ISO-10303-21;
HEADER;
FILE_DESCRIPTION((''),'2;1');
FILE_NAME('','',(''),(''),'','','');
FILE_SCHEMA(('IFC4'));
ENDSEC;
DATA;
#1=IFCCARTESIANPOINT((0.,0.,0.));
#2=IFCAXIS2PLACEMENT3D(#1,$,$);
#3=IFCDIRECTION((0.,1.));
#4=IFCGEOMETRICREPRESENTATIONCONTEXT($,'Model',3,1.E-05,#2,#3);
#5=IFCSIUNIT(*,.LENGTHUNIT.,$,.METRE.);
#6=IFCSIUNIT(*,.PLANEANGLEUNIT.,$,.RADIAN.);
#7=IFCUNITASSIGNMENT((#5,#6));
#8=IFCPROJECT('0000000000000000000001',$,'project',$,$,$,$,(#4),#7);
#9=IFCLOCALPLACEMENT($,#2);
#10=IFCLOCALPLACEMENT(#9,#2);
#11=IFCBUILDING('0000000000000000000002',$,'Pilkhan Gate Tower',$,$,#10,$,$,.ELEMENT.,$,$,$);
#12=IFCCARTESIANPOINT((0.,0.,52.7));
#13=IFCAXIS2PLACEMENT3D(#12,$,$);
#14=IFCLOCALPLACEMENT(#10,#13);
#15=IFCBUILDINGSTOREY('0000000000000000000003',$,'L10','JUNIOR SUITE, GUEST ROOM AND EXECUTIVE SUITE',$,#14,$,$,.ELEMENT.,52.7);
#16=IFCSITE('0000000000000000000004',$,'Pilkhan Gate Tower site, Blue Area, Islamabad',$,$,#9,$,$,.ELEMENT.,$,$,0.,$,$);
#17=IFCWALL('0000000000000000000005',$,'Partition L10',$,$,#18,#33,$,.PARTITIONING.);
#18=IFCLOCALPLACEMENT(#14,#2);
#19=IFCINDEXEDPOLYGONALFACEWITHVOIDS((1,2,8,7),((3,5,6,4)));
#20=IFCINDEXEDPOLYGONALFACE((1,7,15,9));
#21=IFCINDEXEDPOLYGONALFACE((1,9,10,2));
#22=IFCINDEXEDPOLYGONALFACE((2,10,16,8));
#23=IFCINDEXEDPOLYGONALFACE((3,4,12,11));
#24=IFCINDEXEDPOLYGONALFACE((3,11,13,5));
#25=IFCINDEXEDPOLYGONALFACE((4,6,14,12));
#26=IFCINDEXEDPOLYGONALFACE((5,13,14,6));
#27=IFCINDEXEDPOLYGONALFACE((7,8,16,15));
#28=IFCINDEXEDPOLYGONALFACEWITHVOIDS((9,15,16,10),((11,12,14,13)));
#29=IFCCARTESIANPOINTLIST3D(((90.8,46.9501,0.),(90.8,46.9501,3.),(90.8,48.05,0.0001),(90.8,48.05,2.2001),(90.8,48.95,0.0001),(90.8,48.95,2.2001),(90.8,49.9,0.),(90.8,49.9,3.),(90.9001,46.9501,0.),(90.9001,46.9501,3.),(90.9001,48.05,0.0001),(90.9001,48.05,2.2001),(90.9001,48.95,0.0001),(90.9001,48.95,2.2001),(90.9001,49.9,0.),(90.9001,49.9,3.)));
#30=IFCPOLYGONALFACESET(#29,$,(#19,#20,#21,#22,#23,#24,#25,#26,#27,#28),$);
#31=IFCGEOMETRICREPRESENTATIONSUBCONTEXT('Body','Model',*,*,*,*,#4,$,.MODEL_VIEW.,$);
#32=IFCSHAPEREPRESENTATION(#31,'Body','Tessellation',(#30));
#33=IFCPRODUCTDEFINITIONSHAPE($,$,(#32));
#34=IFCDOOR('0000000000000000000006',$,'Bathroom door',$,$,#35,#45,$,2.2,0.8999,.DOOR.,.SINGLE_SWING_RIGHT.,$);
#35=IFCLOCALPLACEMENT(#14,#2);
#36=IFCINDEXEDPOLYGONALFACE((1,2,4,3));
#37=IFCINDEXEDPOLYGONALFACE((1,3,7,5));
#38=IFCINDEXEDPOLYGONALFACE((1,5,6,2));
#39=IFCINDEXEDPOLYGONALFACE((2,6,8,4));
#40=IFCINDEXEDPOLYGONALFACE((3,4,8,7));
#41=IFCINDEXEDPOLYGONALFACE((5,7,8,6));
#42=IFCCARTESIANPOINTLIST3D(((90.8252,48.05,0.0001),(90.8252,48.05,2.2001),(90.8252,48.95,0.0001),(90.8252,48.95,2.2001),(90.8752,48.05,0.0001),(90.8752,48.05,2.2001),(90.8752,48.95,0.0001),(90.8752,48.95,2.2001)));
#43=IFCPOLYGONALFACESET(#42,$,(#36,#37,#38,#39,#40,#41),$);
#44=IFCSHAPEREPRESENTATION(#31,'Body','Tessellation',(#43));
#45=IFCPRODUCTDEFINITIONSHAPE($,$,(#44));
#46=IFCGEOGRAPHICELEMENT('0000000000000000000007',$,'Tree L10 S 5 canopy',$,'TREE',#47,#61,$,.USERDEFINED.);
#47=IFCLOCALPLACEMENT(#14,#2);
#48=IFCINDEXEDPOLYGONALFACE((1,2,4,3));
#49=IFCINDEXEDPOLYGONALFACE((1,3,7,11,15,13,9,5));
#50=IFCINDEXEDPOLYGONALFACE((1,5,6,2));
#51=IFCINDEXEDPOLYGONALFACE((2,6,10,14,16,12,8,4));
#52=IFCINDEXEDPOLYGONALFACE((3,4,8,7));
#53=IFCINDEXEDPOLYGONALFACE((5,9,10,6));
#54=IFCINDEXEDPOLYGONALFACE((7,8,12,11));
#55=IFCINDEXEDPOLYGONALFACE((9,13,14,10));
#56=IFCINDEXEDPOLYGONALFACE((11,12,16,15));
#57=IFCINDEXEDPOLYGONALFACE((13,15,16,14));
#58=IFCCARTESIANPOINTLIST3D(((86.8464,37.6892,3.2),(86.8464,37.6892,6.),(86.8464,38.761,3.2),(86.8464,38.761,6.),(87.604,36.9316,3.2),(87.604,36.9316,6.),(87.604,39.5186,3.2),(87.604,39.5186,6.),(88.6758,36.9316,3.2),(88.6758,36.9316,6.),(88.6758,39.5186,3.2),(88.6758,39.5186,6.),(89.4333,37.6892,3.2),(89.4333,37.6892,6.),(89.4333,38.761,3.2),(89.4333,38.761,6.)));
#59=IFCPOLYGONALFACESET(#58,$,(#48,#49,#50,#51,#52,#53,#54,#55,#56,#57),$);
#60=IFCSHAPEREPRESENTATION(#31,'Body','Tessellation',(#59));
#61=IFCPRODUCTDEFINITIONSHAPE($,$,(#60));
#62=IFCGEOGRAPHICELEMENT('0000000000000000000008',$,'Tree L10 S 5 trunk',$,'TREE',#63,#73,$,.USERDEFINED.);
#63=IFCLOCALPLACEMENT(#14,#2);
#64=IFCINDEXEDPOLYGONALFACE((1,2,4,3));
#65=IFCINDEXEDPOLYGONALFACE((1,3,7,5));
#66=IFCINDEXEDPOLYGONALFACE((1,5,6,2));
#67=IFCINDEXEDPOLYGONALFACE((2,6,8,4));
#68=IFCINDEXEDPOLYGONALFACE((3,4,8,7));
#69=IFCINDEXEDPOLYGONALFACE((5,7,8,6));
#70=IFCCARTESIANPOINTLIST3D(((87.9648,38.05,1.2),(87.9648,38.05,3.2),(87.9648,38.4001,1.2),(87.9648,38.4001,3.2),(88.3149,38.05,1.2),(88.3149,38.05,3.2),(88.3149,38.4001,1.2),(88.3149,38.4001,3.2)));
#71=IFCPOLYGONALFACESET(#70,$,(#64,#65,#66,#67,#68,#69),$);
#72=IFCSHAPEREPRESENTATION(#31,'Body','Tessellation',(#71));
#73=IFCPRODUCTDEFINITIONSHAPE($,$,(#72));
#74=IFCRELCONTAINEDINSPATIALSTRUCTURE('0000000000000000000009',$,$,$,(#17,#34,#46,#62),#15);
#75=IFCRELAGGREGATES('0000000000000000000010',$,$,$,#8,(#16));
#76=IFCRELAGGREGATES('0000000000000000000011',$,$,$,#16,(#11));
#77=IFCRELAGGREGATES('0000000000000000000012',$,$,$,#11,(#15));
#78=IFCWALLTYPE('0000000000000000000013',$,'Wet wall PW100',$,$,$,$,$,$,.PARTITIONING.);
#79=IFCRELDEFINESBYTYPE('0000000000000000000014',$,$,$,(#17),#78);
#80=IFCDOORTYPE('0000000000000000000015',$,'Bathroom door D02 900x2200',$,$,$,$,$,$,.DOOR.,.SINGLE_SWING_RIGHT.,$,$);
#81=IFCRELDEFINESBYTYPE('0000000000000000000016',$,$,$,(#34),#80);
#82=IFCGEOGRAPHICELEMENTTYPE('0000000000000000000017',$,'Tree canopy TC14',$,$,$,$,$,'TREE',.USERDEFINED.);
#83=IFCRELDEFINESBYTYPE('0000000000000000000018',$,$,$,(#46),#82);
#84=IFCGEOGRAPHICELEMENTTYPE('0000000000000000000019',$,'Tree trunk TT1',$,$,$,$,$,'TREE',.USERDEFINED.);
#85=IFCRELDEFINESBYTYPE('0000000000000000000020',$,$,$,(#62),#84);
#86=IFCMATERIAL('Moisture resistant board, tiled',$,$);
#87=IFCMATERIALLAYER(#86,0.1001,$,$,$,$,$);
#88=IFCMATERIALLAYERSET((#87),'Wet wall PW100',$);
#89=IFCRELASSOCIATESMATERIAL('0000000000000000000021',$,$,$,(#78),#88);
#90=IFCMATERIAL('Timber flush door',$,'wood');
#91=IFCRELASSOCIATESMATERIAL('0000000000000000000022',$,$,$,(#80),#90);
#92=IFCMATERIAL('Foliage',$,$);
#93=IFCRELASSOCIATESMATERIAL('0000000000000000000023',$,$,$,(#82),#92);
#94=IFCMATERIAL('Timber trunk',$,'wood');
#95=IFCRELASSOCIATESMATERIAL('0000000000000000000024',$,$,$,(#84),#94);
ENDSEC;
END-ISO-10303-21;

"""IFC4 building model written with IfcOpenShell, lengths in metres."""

from ifc_helpers import new_model, si_unit, direction, frame, frame_2d, origin, origin_2d, place, context, subcontext, project, spatial, polyline, rectangle, outline, extrude, material, layer, layer_set, material_profile, profile_set, type_object, element, fill, save


model = new_model("IFC4")

# Units and contexts
model_context = context("Model", 3, precision=1e-05, world=origin(), true_north=direction((0.0, 1.0)))
body_context = subcontext(model_context, "Body", "Model", "MODEL_VIEW")
ifc_project = project(units=[si_unit("LENGTHUNIT", "METRE"), si_unit("PLANEANGLEUNIT", "RADIAN")], contexts=[model_context])

# Site, building, storey
site_placement = place(None, origin())
site = spatial("IfcSite", under=ifc_project, at=site_placement, Name="Pilkhan Gate Tower site, Blue Area, Islamabad", CompositionType="ELEMENT", RefElevation=0.0)
building_placement = place(site_placement, origin())
building = spatial("IfcBuilding", under=site, at=building_placement, Name="Pilkhan Gate Tower", CompositionType="ELEMENT")
storey_placement = place(building_placement, frame((0.0, 0.0, 52.7)))
storey = spatial("IfcBuildingStorey", under=building, at=storey_placement, Name="L10", Description="JUNIOR SUITE, GUEST ROOM AND EXECUTIVE SUITE", CompositionType="ELEMENT", Elevation=52.7)

# Shared definitions
ifc_material_1 = material(Name="Moisture resistant board, tiled")
ifc_layer_1 = layer(ifc_material_1, 0.1001)
ifc_layer_set_1 = layer_set([ifc_layer_1], Name="Wet wall PW100")
wall_type_1 = type_object("IfcWallType", Name="Wet wall PW100", PredefinedType="PARTITIONING", material=ifc_layer_set_1)

# Wall, opening, door
wall_1_placement = place(storey_placement, frame((90.8501, 46.95, 0.0), z_axis=(0.0, 0.0, 1.0), x_axis=(0.0, 1.0, 0.0)))
wall_1 = element("IfcWall", 1, at=wall_1_placement, inside=storey, type_object=wall_type_1, Name="Partition L10", PredefinedType="PARTITIONING", context=body_context, shape_type="SweptSolid", body=[
    extrude(rectangle(XDim=2.95, YDim=0.1001, at=frame_2d((1.4751, 0.0))), origin(), (0.0, 0.0, 1.0), 3.0),
])
opening_placement = place(wall_1_placement, frame((1.1001, 0.0, 0.0)))
opening = element("IfcOpeningElement", 2, at=opening_placement, cuts=wall_1, PredefinedType="OPENING", context=body_context, shape_type="SweptSolid", body=[
    extrude(rectangle(XDim=0.8999, YDim=2.2, at=frame_2d((0.45, 1.1001))), frame((0.0, 0.0601, 0.0), z_axis=(0.0, -1.0, 0.0), x_axis=(1.0, 0.0, 0.0)), (0.0, 0.0, 1.0), 0.1201),
])
ifc_material_2 = material(Name="Timber flush door", Category="wood")
door_type = type_object("IfcDoorType", Name="Bathroom door D02 900x2200", OperationType="SINGLE_SWING_RIGHT", PredefinedType="DOOR", material=ifc_material_2)
door_placement = place(opening_placement, origin())
door = element("IfcDoor", 3, at=door_placement, inside=storey, type_object=door_type, Name="Bathroom door", OperationType="SINGLE_SWING_RIGHT", OverallHeight=2.2, OverallWidth=0.8999, PredefinedType="DOOR", context=body_context, shape_type="SweptSolid", body=[
    extrude(rectangle(XDim=0.8999, YDim=2.2, at=frame_2d((0.45, 1.1001))), frame((0.0, 0.0249, 0.0), z_axis=(0.0, -1.0, 0.0), x_axis=(1.0, 0.0, 0.0)), (0.0, 0.0, 1.0), 0.05),
])
fill(opening, door)

# Geographic elements
ifc_material_3 = material(Name="Foliage")
ifc_material_profile_1 = material_profile(ifc_material_3, outline(polyline([(1.2935, 0.5359), (0.5359, 1.2935), (-0.5359, 1.2935), (-1.2935, 0.5359), (-1.2935, -0.5359), (-0.5359, -1.2935), (0.5359, -1.2935), (1.2935, -0.5359), (1.2935, 0.5359)])), Name="Canopy D2.8")
ifc_profile_set_1 = profile_set([ifc_material_profile_1], Name="Foliage")
geographic_element_type_1 = type_object("IfcGeographicElementType", Name="Tree canopy TC14", ElementType="TREE", PredefinedType="USERDEFINED", material=ifc_profile_set_1)
geographic_element_1_placement = place(storey_placement, frame((88.1399, 38.2251, 3.2), z_axis=(0.0, 0.0, 1.0), x_axis=(1.0, 0.0, 0.0)))
element("IfcGeographicElement", 4, at=geographic_element_1_placement, inside=storey, type_object=geographic_element_type_1, Name="Tree L10 S 5 canopy", ObjectType="TREE", PredefinedType="USERDEFINED", context=body_context, shape_type="SweptSolid", body=[
    extrude(outline(polyline([(1.2935, 0.5359), (0.5359, 1.2935), (-0.5359, 1.2935), (-1.2935, 0.5359), (-1.2935, -0.5359), (-0.5359, -1.2935), (0.5359, -1.2935), (1.2935, -0.5359), (1.2935, 0.5359)])), origin(), (0.0, 0.0, 1.0), 2.8),
])
ifc_material_4 = material(Name="Timber trunk", Category="wood")
geographic_element_type_2 = type_object("IfcGeographicElementType", Name="Tree trunk TT1", ElementType="TREE", PredefinedType="USERDEFINED", material=ifc_material_4)
geographic_element_2_placement = place(storey_placement, frame((88.1399, 38.2251, 1.2), z_axis=(0.0, 0.0, 1.0), x_axis=(1.0, 0.0, 0.0)))
element("IfcGeographicElement", 5, at=geographic_element_2_placement, inside=storey, type_object=geographic_element_type_2, Name="Tree L10 S 5 trunk", ObjectType="TREE", PredefinedType="USERDEFINED", context=body_context, shape_type="SweptSolid", body=[
    extrude(rectangle(XDim=0.3501, YDim=0.3501, at=origin_2d()), origin(), (0.0, 0.0, 1.0), 2.0),
])

save(model, "model.ifc")
